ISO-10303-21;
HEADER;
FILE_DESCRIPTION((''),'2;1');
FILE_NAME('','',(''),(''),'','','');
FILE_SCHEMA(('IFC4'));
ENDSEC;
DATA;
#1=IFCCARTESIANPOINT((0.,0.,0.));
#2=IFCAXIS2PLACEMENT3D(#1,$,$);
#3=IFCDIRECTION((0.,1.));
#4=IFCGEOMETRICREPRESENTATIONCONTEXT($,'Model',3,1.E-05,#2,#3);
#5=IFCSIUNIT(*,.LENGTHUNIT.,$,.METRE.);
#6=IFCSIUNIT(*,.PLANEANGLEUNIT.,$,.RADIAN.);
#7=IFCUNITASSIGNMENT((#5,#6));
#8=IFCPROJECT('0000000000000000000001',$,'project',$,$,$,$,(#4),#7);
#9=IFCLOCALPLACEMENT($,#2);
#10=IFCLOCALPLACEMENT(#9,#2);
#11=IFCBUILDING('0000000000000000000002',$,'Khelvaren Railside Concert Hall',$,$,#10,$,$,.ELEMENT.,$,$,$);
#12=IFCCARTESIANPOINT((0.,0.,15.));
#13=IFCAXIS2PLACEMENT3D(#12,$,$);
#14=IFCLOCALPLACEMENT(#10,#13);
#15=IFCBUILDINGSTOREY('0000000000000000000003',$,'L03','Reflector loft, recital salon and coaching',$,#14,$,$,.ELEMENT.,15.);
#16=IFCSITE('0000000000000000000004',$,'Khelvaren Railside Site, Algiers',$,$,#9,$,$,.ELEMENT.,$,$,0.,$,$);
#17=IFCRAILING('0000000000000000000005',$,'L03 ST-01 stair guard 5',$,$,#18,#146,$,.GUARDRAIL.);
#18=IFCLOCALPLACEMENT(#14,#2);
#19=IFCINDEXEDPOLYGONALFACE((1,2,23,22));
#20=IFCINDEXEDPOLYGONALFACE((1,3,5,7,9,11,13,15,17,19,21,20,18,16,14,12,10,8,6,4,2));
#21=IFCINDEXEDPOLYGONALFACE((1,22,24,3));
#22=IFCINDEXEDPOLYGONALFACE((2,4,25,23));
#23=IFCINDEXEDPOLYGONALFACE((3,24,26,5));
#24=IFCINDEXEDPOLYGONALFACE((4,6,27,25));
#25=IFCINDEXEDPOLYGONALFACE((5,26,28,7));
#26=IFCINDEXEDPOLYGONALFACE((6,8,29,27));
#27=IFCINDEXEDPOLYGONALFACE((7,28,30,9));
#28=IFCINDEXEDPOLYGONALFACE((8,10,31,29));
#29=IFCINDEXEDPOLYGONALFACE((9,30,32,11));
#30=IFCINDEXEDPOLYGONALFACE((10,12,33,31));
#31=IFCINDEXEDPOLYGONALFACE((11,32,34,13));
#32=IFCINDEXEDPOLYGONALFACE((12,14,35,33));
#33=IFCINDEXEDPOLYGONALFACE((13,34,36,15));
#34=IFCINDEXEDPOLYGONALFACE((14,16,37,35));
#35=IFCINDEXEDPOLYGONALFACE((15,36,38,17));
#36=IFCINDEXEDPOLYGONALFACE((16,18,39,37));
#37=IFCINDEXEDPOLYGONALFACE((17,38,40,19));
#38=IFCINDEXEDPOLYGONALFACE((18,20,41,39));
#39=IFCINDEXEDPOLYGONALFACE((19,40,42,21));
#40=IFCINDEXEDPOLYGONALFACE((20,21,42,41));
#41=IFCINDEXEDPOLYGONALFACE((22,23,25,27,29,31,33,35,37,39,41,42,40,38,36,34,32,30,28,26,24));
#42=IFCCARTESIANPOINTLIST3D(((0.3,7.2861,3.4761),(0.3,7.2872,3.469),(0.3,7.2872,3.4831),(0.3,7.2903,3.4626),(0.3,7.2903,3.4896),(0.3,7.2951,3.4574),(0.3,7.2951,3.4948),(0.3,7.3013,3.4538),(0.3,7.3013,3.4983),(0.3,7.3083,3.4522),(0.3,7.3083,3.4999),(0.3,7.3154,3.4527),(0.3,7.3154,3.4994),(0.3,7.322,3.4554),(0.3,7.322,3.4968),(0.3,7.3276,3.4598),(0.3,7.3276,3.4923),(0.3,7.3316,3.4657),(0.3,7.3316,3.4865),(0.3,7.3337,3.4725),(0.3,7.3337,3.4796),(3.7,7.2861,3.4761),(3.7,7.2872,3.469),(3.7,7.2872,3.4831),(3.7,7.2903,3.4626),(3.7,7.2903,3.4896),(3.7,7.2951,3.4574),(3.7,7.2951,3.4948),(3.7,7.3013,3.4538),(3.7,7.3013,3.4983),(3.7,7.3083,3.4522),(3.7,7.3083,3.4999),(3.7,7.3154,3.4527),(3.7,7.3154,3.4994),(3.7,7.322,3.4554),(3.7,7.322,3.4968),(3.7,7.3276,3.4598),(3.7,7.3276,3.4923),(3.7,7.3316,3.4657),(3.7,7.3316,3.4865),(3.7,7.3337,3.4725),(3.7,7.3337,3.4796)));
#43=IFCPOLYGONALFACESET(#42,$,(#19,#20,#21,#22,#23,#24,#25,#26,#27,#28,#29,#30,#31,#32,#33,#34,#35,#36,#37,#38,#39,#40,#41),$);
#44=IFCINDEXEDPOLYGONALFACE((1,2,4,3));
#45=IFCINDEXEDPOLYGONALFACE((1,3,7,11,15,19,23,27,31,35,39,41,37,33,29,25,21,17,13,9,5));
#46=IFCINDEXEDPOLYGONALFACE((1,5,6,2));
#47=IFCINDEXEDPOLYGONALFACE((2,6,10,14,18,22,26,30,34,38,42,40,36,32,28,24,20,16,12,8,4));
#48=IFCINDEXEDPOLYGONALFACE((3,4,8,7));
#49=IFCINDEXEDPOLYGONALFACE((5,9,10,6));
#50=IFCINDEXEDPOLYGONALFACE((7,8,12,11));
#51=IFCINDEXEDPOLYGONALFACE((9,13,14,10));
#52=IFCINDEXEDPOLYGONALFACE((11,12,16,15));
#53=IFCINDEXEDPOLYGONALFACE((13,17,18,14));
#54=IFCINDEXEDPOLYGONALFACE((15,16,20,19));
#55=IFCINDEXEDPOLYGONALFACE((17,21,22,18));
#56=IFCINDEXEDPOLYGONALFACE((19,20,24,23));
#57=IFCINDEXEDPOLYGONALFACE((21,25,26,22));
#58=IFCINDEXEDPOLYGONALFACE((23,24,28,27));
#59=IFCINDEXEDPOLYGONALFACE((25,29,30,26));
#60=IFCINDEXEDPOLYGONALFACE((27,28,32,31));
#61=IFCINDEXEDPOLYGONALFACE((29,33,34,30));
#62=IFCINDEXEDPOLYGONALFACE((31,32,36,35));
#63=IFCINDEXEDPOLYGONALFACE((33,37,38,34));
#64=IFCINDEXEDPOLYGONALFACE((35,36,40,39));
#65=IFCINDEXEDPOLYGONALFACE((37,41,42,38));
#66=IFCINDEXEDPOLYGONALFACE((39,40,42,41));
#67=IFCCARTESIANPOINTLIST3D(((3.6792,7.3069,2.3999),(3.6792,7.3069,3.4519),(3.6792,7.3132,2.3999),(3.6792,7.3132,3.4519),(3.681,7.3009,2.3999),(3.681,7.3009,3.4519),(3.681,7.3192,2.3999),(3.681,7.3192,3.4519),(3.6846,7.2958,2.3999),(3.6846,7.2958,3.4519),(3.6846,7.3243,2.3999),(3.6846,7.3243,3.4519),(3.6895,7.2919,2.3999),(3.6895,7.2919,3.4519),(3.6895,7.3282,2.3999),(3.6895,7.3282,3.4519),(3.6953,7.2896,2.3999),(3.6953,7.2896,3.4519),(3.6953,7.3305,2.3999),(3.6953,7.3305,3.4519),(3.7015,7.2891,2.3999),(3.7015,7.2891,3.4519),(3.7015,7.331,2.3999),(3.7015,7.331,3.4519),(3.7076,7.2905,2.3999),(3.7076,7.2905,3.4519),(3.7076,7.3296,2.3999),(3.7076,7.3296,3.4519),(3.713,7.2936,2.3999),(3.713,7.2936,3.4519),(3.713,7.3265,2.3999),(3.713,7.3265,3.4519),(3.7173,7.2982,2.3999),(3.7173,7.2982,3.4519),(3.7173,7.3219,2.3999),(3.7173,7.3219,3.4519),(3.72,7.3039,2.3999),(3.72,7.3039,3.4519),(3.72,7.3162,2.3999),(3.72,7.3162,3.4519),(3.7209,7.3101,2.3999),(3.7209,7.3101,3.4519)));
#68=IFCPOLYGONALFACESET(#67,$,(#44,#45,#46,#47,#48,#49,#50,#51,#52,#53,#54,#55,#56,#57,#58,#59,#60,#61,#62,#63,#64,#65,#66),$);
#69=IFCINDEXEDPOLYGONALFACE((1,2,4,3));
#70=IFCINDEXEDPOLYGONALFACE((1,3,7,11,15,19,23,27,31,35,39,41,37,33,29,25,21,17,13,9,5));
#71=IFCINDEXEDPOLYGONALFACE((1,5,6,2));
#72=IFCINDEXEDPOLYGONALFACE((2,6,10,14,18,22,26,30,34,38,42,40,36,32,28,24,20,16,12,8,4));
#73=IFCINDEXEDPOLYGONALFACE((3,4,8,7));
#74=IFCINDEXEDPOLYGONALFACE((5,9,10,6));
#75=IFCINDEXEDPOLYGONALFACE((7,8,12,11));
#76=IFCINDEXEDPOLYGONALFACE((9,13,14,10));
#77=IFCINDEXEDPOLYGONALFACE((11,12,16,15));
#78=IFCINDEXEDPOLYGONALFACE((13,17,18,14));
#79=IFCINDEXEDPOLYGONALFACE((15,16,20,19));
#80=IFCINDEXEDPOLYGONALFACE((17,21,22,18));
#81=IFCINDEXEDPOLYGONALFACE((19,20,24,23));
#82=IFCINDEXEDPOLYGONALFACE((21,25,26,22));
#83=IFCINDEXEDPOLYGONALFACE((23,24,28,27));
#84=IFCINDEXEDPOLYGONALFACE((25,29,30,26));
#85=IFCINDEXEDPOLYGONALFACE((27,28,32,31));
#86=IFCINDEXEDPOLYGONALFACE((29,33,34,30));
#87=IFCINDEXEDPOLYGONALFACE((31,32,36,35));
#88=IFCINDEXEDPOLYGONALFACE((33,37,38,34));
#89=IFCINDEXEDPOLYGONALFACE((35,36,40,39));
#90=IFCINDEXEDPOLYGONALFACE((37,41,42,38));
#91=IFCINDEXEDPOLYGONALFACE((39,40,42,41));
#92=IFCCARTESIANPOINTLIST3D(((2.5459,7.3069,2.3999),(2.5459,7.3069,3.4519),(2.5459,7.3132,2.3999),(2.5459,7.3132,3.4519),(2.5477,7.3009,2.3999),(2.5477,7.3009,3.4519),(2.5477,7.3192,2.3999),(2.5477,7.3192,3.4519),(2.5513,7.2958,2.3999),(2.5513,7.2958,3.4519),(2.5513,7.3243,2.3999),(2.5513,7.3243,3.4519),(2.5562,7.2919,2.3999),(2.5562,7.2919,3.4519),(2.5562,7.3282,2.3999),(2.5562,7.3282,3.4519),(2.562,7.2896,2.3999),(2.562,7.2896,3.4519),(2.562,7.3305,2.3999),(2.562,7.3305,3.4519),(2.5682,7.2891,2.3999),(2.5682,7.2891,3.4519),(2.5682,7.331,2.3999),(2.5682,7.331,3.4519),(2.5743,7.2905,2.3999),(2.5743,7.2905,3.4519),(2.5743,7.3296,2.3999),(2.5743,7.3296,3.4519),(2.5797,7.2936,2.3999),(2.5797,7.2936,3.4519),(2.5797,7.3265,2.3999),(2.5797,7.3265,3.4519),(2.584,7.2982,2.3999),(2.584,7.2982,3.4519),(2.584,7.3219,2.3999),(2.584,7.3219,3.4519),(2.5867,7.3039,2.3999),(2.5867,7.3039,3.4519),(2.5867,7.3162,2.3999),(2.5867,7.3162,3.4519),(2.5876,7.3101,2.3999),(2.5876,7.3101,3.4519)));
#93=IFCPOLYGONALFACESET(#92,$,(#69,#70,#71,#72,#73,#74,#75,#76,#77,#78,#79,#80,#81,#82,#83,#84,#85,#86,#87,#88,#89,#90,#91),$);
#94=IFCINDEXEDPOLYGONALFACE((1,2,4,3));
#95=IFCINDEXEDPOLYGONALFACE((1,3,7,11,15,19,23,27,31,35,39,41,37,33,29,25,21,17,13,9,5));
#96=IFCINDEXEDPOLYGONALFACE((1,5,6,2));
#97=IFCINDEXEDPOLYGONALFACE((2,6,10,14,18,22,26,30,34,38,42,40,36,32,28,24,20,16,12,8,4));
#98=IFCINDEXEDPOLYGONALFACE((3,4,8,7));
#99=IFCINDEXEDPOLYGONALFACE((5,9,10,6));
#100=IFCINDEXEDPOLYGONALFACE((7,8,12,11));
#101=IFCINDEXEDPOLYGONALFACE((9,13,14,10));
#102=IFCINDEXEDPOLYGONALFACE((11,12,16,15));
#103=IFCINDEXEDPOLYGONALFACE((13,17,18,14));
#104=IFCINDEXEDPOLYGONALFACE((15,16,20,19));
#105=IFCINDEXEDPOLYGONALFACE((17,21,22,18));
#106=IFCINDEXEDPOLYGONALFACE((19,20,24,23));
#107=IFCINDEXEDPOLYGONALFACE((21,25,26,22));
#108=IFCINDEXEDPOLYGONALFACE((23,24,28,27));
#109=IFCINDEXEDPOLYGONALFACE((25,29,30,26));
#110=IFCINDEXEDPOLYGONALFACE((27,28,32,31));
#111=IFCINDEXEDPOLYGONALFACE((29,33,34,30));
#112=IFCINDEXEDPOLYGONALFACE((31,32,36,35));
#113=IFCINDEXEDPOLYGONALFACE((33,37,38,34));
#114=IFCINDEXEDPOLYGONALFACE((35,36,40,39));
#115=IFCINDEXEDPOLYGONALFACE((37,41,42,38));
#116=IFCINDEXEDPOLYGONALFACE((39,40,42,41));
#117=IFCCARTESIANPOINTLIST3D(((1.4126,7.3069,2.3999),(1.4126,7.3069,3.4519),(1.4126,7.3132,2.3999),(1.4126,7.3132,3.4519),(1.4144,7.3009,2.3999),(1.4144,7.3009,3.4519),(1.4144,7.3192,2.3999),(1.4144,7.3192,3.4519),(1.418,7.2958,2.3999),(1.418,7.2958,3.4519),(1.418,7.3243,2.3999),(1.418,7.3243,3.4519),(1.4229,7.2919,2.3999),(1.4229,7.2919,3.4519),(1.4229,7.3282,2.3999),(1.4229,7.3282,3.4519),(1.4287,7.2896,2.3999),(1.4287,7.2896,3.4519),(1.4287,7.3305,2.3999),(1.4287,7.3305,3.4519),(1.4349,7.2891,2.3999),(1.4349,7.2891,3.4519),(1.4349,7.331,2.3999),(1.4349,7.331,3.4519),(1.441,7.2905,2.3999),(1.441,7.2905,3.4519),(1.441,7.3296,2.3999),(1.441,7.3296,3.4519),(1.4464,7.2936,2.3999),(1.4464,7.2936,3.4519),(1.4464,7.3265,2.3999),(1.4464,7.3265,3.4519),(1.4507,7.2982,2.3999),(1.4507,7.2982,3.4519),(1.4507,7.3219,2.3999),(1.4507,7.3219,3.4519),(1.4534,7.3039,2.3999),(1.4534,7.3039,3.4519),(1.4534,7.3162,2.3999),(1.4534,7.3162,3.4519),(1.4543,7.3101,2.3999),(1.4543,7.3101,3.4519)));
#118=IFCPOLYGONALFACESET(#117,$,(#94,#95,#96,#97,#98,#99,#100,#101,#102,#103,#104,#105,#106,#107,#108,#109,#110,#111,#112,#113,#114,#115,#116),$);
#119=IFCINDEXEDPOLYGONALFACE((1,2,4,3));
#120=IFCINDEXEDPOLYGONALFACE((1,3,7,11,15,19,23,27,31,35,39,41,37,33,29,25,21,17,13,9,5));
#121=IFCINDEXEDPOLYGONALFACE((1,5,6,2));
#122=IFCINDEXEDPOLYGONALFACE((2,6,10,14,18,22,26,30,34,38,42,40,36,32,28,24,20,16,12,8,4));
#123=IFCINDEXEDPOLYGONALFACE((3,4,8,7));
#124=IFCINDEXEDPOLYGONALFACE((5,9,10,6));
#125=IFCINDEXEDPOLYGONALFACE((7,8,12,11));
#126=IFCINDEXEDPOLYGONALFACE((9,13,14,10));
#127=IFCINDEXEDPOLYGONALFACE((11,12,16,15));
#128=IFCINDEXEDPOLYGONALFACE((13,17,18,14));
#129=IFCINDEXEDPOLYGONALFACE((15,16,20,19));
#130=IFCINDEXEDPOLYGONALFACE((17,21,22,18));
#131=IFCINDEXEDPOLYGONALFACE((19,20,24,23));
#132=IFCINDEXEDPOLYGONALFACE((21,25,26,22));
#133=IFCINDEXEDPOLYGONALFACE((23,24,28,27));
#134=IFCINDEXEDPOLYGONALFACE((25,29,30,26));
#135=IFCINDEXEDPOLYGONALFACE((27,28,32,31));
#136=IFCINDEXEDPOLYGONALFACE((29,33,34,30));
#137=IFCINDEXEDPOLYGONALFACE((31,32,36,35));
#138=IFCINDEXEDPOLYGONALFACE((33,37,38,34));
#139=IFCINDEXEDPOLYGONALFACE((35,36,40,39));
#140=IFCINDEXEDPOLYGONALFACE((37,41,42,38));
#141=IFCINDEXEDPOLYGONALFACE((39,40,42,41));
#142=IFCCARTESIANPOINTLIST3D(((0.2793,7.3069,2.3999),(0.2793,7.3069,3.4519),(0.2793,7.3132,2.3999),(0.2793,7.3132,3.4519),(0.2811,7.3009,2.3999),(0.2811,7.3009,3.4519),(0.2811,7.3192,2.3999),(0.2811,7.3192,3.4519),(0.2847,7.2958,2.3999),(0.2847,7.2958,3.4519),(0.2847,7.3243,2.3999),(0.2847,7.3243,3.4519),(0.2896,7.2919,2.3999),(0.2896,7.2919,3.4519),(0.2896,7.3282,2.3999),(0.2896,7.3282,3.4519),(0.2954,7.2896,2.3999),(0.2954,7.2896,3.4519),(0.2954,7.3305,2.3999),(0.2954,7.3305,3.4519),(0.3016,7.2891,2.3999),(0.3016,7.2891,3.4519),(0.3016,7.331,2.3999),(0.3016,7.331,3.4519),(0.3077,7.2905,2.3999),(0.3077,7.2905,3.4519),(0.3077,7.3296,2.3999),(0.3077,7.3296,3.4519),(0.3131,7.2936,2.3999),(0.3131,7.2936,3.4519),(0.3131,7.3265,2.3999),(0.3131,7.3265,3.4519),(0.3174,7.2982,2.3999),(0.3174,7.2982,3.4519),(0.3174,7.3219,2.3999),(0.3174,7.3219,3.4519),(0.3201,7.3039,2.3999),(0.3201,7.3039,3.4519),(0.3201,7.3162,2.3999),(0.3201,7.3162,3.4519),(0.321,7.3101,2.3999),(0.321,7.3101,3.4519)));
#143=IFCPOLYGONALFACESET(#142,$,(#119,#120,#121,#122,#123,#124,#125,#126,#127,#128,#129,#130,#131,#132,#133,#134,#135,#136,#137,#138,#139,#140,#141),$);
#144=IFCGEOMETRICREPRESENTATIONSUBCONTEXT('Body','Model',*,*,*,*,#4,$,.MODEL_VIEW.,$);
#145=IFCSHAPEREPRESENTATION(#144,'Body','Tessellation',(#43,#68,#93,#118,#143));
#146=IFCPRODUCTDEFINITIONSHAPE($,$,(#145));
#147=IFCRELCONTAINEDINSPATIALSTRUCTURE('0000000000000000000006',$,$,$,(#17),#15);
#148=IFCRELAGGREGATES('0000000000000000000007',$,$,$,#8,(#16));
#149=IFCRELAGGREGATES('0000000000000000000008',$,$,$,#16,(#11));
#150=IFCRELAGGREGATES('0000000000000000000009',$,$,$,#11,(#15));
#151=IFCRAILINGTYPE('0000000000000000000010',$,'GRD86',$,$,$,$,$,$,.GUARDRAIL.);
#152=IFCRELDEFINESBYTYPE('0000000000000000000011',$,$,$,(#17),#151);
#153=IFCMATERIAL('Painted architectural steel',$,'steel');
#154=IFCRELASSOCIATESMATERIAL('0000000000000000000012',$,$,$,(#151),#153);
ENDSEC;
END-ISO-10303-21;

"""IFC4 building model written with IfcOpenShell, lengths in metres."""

from ifc_helpers import new_model, si_unit, direction, frame, origin, origin_2d, place, context, subcontext, project, spatial, circle, extrude, material, type_object, element, save


model = new_model("IFC4")

# Units and contexts
model_context = context("Model", 3, precision=1e-05, world=origin(), true_north=direction((0.0, 1.0)))
body_context = subcontext(model_context, "Body", "Model", "MODEL_VIEW")
ifc_project = project(units=[si_unit("LENGTHUNIT", "METRE"), si_unit("PLANEANGLEUNIT", "RADIAN")], contexts=[model_context])

# Site, building, storey
site_placement = place(None, origin())
site = spatial("IfcSite", under=ifc_project, at=site_placement, Name="Khelvaren Railside Site, Algiers", CompositionType="ELEMENT", RefElevation=0.0)
building_placement = place(site_placement, origin())
building = spatial("IfcBuilding", under=site, at=building_placement, Name="Khelvaren Railside Concert Hall", CompositionType="ELEMENT")
storey_placement = place(building_placement, frame((0.0, 0.0, 15.0)))
storey = spatial("IfcBuildingStorey", under=building, at=storey_placement, Name="L03", Description="Reflector loft, recital salon and coaching", CompositionType="ELEMENT", Elevation=15.0)

# Railing
ifc_material_1 = material(Name="Painted architectural steel", Category="steel")
railing_type_1 = type_object("IfcRailingType", Name="GRD86", PredefinedType="GUARDRAIL", material=ifc_material_1)
railing_1_placement = place(storey_placement, frame((3.7, 7.3101, 2.3999)))
element("IfcRailing", 1, at=railing_1_placement, inside=storey, type_object=railing_type_1, Name="L03 ST-01 stair guard 5", PredefinedType="GUARDRAIL", context=body_context, shape_type="SweptSolid", body=[
    extrude(circle(Radius=0.0239, at=origin_2d()), frame((0.0, 0.0, 1.0762), z_axis=(-1.0, 0.0, 0.0), x_axis=(0.0, -1.0, 0.0)), (0.0, 0.0, 1.0), 3.3999),
    extrude(circle(Radius=0.021, at=origin_2d()), origin(), (0.0, 0.0, 1.0), 1.052),
    extrude(circle(Radius=0.021, at=origin_2d()), frame((-1.1333, 0.0, 0.0)), (0.0, 0.0, 1.0), 1.052),
    extrude(circle(Radius=0.021, at=origin_2d()), frame((-2.2666, 0.0, 0.0)), (0.0, 0.0, 1.0), 1.052),
    extrude(circle(Radius=0.021, at=origin_2d()), frame((-3.3999, 0.0, 0.0)), (0.0, 0.0, 1.0), 1.052),
])

save(model, "model.ifc")
